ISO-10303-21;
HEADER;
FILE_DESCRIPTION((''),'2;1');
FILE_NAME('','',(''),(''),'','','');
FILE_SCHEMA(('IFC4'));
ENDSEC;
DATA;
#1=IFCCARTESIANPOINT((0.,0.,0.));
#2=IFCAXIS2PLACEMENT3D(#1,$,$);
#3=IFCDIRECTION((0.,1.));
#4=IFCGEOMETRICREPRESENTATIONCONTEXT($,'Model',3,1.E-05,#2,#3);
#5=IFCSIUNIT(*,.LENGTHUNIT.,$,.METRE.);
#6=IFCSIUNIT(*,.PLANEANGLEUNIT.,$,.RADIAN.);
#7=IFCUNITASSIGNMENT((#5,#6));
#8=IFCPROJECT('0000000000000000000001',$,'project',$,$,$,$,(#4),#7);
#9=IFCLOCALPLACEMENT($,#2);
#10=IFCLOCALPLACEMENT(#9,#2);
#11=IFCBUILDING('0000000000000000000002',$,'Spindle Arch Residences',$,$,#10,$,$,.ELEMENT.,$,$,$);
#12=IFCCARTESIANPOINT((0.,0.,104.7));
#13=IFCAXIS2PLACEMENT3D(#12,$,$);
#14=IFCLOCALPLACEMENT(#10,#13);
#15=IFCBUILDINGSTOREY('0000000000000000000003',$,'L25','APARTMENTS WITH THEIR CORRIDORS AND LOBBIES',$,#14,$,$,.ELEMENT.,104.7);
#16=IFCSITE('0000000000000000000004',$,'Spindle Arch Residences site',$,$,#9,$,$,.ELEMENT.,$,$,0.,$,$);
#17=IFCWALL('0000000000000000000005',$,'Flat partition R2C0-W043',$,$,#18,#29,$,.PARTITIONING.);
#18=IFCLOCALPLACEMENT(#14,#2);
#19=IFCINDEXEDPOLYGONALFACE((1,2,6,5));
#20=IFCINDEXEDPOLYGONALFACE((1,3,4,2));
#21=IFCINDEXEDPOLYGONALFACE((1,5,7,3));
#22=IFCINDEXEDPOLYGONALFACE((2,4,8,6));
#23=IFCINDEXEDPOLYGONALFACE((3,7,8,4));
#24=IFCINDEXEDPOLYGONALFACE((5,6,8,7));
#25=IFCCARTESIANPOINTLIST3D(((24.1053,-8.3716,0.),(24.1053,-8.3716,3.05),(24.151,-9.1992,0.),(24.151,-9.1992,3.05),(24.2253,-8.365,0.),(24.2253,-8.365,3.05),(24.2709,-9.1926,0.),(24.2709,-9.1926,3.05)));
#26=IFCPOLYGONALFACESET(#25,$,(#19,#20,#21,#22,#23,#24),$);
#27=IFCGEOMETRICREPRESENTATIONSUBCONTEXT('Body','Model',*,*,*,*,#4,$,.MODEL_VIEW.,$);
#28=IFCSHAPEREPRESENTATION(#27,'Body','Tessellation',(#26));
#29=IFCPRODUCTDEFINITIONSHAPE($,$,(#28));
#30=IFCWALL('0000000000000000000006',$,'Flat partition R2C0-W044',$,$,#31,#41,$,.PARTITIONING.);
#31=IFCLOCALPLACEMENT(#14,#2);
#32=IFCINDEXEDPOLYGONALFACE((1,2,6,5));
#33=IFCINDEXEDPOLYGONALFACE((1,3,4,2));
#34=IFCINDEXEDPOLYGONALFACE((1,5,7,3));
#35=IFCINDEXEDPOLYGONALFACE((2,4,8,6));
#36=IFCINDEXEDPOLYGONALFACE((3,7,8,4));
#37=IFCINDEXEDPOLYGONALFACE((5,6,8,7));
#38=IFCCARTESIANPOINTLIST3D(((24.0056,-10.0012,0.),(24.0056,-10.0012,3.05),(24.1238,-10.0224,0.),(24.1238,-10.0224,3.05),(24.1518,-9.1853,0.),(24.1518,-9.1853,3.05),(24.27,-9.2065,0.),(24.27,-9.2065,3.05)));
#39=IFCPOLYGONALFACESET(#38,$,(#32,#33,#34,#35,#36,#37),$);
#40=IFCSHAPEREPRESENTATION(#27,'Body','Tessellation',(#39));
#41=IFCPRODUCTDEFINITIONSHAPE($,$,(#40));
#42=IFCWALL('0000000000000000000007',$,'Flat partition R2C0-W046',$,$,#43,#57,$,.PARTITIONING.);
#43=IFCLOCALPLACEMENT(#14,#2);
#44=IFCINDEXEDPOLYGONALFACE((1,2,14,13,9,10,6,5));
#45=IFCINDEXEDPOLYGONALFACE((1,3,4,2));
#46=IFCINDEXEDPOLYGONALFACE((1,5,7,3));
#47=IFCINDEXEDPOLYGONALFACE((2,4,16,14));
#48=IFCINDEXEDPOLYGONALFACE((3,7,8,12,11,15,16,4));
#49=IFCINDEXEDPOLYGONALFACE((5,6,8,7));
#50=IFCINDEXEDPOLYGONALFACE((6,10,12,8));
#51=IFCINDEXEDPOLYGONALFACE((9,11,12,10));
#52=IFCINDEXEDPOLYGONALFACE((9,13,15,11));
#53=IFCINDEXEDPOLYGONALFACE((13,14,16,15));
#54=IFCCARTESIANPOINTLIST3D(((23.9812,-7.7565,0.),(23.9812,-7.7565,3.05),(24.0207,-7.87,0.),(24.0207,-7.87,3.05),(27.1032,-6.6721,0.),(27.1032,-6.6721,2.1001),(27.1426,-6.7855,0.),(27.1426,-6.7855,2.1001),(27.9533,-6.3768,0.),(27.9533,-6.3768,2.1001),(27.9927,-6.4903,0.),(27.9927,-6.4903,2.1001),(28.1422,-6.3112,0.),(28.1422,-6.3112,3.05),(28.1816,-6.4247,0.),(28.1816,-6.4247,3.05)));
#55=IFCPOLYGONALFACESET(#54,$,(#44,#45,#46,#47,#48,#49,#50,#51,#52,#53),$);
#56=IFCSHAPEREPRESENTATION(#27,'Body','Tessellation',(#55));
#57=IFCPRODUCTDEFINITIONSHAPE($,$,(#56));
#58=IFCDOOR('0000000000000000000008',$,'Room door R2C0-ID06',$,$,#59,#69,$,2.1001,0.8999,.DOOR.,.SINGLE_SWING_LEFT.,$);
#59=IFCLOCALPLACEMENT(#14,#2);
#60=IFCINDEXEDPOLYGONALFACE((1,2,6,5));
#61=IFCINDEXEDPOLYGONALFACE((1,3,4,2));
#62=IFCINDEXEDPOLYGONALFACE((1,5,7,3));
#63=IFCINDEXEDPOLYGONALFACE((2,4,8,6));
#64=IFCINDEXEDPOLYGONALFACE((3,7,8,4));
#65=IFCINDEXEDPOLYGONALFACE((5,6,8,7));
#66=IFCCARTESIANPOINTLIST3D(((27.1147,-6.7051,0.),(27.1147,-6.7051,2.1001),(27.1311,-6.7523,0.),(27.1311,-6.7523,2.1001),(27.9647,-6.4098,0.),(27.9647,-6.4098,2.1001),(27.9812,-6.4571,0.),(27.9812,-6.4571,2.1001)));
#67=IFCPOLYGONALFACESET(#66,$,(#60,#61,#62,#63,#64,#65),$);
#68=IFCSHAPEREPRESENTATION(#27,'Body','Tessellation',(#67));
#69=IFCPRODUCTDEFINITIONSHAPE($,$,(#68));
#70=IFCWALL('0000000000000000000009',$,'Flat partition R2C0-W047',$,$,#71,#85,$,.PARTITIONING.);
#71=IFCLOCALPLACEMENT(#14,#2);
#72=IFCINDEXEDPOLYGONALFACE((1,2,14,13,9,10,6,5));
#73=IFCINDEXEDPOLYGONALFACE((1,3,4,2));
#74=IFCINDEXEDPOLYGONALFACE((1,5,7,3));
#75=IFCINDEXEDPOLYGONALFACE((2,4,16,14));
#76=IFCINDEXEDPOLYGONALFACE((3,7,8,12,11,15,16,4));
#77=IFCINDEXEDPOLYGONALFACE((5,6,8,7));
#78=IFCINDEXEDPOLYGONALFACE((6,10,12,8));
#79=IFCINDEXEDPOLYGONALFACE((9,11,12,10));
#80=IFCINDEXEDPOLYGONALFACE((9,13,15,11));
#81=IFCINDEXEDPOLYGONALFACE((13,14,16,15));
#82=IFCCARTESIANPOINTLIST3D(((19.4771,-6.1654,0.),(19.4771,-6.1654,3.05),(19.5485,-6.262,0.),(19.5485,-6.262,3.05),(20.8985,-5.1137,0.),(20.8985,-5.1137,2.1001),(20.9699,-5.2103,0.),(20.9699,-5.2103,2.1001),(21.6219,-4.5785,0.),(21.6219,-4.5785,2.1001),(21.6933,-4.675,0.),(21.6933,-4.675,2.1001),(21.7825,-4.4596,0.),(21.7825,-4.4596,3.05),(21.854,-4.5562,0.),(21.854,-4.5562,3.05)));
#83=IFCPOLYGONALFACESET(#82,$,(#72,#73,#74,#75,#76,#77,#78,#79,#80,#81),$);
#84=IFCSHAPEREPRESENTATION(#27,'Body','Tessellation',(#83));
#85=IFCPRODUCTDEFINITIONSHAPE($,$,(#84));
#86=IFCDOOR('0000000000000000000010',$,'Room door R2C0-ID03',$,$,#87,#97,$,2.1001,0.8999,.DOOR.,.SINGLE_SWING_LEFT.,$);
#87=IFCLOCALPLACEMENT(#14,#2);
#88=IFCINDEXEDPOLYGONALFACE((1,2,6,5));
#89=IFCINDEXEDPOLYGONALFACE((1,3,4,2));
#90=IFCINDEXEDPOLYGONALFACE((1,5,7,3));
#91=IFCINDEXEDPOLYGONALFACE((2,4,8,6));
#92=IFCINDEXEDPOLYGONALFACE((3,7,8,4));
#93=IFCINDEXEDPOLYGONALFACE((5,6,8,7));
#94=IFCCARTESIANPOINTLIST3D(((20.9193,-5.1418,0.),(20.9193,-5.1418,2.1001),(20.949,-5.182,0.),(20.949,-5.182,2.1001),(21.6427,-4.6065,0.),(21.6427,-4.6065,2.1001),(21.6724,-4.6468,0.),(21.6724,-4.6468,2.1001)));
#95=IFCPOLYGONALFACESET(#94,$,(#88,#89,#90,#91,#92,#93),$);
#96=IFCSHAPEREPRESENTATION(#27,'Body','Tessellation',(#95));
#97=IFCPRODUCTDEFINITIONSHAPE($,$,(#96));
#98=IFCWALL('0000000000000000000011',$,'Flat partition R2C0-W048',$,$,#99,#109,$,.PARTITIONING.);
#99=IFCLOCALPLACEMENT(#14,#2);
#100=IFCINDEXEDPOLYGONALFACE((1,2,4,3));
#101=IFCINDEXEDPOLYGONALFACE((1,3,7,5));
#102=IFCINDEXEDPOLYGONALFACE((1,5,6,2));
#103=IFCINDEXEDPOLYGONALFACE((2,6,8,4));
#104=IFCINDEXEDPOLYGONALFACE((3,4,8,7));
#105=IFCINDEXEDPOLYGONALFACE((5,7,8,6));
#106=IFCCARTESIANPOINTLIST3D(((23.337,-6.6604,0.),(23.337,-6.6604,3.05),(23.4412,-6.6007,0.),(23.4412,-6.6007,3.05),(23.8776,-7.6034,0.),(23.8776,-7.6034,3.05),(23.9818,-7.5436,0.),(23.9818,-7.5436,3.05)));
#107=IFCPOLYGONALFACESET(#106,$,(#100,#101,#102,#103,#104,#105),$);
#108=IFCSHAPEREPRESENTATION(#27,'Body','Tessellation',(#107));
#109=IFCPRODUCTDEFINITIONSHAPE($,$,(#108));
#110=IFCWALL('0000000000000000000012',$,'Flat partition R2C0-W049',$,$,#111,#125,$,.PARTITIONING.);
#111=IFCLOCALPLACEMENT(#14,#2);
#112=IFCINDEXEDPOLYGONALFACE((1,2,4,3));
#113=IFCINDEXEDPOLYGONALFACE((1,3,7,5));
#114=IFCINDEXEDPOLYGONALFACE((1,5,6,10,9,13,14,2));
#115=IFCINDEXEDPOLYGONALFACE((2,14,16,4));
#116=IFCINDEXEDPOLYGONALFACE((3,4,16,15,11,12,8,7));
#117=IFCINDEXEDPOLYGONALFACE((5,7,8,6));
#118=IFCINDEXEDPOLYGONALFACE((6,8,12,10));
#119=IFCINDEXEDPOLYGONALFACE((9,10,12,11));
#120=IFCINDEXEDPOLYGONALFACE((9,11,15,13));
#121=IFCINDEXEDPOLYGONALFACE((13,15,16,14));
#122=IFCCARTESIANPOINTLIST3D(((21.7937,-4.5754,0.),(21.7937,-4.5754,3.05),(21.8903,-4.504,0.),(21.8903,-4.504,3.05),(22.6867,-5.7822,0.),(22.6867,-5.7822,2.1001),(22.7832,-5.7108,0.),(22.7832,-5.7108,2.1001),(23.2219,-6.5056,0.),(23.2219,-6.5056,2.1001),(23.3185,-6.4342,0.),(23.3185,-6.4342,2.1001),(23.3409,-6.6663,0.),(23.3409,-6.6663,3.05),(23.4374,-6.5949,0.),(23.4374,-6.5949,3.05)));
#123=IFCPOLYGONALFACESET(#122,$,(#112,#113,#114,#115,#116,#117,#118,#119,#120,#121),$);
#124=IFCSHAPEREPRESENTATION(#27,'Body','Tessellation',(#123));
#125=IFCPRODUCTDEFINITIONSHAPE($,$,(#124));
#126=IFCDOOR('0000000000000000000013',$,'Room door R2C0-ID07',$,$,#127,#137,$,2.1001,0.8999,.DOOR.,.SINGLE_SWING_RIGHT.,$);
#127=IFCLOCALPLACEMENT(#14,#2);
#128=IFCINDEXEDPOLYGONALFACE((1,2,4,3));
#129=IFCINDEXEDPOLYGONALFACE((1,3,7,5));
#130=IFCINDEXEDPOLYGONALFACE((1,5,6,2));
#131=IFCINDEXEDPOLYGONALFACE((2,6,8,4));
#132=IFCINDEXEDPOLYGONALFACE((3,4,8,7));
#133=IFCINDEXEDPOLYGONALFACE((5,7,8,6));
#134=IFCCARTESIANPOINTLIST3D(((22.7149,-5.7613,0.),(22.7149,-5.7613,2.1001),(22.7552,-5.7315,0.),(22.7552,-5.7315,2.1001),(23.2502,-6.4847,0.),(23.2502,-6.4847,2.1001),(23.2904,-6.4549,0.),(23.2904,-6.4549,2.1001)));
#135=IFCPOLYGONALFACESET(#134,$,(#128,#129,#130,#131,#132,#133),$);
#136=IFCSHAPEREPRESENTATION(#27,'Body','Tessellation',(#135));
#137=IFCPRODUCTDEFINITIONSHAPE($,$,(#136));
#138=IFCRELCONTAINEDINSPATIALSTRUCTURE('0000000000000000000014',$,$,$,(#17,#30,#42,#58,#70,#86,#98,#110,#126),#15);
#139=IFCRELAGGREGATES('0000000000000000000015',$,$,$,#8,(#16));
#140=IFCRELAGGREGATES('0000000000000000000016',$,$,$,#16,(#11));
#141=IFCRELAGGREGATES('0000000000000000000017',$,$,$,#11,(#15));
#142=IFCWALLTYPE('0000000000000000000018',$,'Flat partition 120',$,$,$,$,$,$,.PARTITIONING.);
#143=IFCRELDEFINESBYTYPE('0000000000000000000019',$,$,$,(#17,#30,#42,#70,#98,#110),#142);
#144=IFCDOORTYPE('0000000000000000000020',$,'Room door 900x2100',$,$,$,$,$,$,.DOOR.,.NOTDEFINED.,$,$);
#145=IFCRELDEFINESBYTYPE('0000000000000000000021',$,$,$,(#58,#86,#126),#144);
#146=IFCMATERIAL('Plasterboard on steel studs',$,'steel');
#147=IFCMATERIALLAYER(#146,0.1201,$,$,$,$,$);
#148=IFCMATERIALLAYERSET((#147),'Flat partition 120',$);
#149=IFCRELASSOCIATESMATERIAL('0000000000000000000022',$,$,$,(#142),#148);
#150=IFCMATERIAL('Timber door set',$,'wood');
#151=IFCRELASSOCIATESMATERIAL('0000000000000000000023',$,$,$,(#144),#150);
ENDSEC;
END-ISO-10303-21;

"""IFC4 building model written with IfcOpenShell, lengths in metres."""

from ifc_helpers import new_model, si_unit, direction, frame, frame_2d, origin, place, context, subcontext, project, spatial, rectangle, extrude, material, layer, layer_set, type_object, element, fill, save


model = new_model("IFC4")

# Units and contexts
model_context = context("Model", 3, precision=1e-05, world=origin(), true_north=direction((0.0, 1.0)))
body_context = subcontext(model_context, "Body", "Model", "MODEL_VIEW")
ifc_project = project(units=[si_unit("LENGTHUNIT", "METRE"), si_unit("PLANEANGLEUNIT", "RADIAN")], contexts=[model_context])

# Site, building, storey
site_placement = place(None, origin())
site = spatial("IfcSite", under=ifc_project, at=site_placement, Name="Spindle Arch Residences site", CompositionType="ELEMENT", RefElevation=0.0)
building_placement = place(site_placement, origin())
building = spatial("IfcBuilding", under=site, at=building_placement, Name="Spindle Arch Residences", CompositionType="ELEMENT")
storey_placement = place(building_placement, frame((0.0, 0.0, 104.7)))
storey = spatial("IfcBuildingStorey", under=building, at=storey_placement, Name="L25", Description="APARTMENTS WITH THEIR CORRIDORS AND LOBBIES", CompositionType="ELEMENT", Elevation=104.7)

# Shared definitions
ifc_material_1 = material(Name="Plasterboard on steel studs", Category="steel")
ifc_layer_1 = layer(ifc_material_1, 0.1201)
ifc_layer_set_1 = layer_set([ifc_layer_1], Name="Flat partition 120")
wall_type = type_object("IfcWallType", Name="Flat partition 120", PredefinedType="PARTITIONING", material=ifc_layer_set_1)
ifc_material_2 = material(Name="Timber door set", Category="wood")
door_type_1 = type_object("IfcDoorType", Name="Room door 900x2100", OperationType="NOTDEFINED", PredefinedType="DOOR", material=ifc_material_2)

# Walls
for number, where, z_axis, x_axis, name in (
    (1, (24.1653, -8.3682, 0.0), (0.0, 0.0, 1.0), (0.055079, -0.998482, 0.0), "Flat partition R2C0-W043"),
    (2, (24.2109, -9.1958, 0.0), (0.0, 0.0, 1.0), (-0.176423, -0.984315, 0.0), "Flat partition R2C0-W044"),
):
    element("IfcWall", number, at=place(storey_placement, frame(where, z_axis=z_axis, x_axis=x_axis)), inside=storey, type_object=wall_type, Name=name, PredefinedType="PARTITIONING", context=body_context, shape_type="SweptSolid", body=[
        extrude(rectangle(XDim=0.8289, YDim=0.1201, at=frame_2d((0.4146, 0.0))), origin(), (0.0, 0.0, 1.0), 3.05),
    ])

# Walls, openings, doors
wall_1_placement = place(storey_placement, frame((28.1619, -6.3679, 0.0), z_axis=(0.0, 0.0, 1.0), x_axis=(-0.944634, -0.328125, 0.0)))
wall_1 = element("IfcWall", 3, at=wall_1_placement, inside=storey, type_object=wall_type, Name="Flat partition R2C0-W046", PredefinedType="PARTITIONING", context=body_context, shape_type="SweptSolid", body=[
    extrude(rectangle(XDim=4.4048, YDim=0.1201, at=frame_2d((2.2024, 0.0))), origin(), (0.0, 0.0, 1.0), 3.05),
])
opening_1_placement = place(wall_1_placement, frame((0.2, 0.0, 0.0)))
opening_1 = element("IfcOpeningElement", 4, at=opening_1_placement, cuts=wall_1, PredefinedType="OPENING", context=body_context, shape_type="SweptSolid", body=[
    extrude(rectangle(XDim=0.8999, YDim=2.1001, at=frame_2d((0.45, 1.05))), frame((0.0, 0.0701, 0.0), z_axis=(0.0, -1.0, 0.0), x_axis=(1.0, 0.0, 0.0)), (0.0, 0.0, 1.0), 0.1401),
])
door_1_placement = place(opening_1_placement, origin())
door_1 = element("IfcDoor", 5, at=door_1_placement, inside=storey, type_object=door_type_1, Name="Room door R2C0-ID06", OperationType="SINGLE_SWING_LEFT", OverallHeight=2.1001, OverallWidth=0.8999, PredefinedType="DOOR", context=body_context, shape_type="SweptSolid", body=[
    extrude(rectangle(XDim=0.8999, YDim=2.1001, at=frame_2d((0.45, 1.05))), frame((0.0, 0.0249, 0.0), z_axis=(0.0, -1.0, 0.0), x_axis=(1.0, 0.0, 0.0)), (0.0, 0.0, 1.0), 0.05),
])
fill(opening_1, door_1)
wall_2_placement = place(storey_placement, frame((21.8184, -4.5078, 0.0), z_axis=(0.0, 0.0, 1.0), x_axis=(-0.803875, -0.594798, 0.0)))
wall_2 = element("IfcWall", 6, at=wall_2_placement, inside=storey, type_object=wall_type, Name="Flat partition R2C0-W047", PredefinedType="PARTITIONING", context=body_context, shape_type="SweptSolid", body=[
    extrude(rectangle(XDim=2.8679, YDim=0.1201, at=frame_2d((1.4341, 0.0))), origin(), (0.0, 0.0, 1.0), 3.05),
])
opening_2_placement = place(wall_2_placement, frame((0.2, 0.0, 0.0)))
opening_2 = element("IfcOpeningElement", 7, at=opening_2_placement, cuts=wall_2, PredefinedType="OPENING", context=body_context, shape_type="SweptSolid", body=[
    extrude(rectangle(XDim=0.8999, YDim=2.1001, at=frame_2d((0.45, 1.05))), frame((0.0, 0.0701, 0.0), z_axis=(0.0, -1.0, 0.0), x_axis=(1.0, 0.0, 0.0)), (0.0, 0.0, 1.0), 0.1401),
])
door_2_placement = place(opening_2_placement, origin())
door_2 = element("IfcDoor", 8, at=door_2_placement, inside=storey, type_object=door_type_1, Name="Room door R2C0-ID03", OperationType="SINGLE_SWING_LEFT", OverallHeight=2.1001, OverallWidth=0.8999, PredefinedType="DOOR", context=body_context, shape_type="SweptSolid", body=[
    extrude(rectangle(XDim=0.8999, YDim=2.1001, at=frame_2d((0.45, 1.05))), frame((0.0, 0.0249, 0.0), z_axis=(0.0, -1.0, 0.0), x_axis=(1.0, 0.0, 0.0)), (0.0, 0.0, 1.0), 0.05),
])
fill(opening_2, door_2)

# Wall
wall_3_placement = place(storey_placement, frame((23.9297, -7.5735, 0.0), z_axis=(0.0, 0.0, 1.0), x_axis=(-0.497348, 0.867551, 0.0)))
element("IfcWall", 9, at=wall_3_placement, inside=storey, type_object=wall_type, Name="Flat partition R2C0-W048", PredefinedType="PARTITIONING", context=body_context, shape_type="SweptSolid", body=[
    extrude(rectangle(XDim=1.0869, YDim=0.1201, at=frame_2d((0.5435, 0.0))), origin(), (0.0, 0.0, 1.0), 3.05),
])

# Wall, opening, door
wall_4_placement = place(storey_placement, frame((23.3892, -6.6306, 0.0), z_axis=(0.0, 0.0, 1.0), x_axis=(-0.594821, 0.803858, 0.0)))
wall_4 = element("IfcWall", 10, at=wall_4_placement, inside=storey, type_object=wall_type, Name="Flat partition R2C0-W049", PredefinedType="PARTITIONING", context=body_context, shape_type="SweptSolid", body=[
    extrude(rectangle(XDim=2.6011, YDim=0.1201, at=frame_2d((1.3005, 0.0))), origin(), (0.0, 0.0, 1.0), 3.05),
])
opening_3_placement = place(wall_4_placement, frame((0.2, 0.0, 0.0)))
opening_3 = element("IfcOpeningElement", 11, at=opening_3_placement, cuts=wall_4, PredefinedType="OPENING", context=body_context, shape_type="SweptSolid", body=[
    extrude(rectangle(XDim=0.8999, YDim=2.1001, at=frame_2d((0.45, 1.05))), frame((0.0, 0.0701, 0.0), z_axis=(0.0, -1.0, 0.0), x_axis=(1.0, 0.0, 0.0)), (0.0, 0.0, 1.0), 0.1401),
])
door_3_placement = place(opening_3_placement, origin())
door_3 = element("IfcDoor", 12, at=door_3_placement, inside=storey, type_object=door_type_1, Name="Room door R2C0-ID07", OperationType="SINGLE_SWING_RIGHT", OverallHeight=2.1001, OverallWidth=0.8999, PredefinedType="DOOR", context=body_context, shape_type="SweptSolid", body=[
    extrude(rectangle(XDim=0.8999, YDim=2.1001, at=frame_2d((0.45, 1.05))), frame((0.0, 0.0249, 0.0), z_axis=(0.0, -1.0, 0.0), x_axis=(1.0, 0.0, 0.0)), (0.0, 0.0, 1.0), 0.05),
])
fill(opening_3, door_3)

save(model, "model.ifc")
